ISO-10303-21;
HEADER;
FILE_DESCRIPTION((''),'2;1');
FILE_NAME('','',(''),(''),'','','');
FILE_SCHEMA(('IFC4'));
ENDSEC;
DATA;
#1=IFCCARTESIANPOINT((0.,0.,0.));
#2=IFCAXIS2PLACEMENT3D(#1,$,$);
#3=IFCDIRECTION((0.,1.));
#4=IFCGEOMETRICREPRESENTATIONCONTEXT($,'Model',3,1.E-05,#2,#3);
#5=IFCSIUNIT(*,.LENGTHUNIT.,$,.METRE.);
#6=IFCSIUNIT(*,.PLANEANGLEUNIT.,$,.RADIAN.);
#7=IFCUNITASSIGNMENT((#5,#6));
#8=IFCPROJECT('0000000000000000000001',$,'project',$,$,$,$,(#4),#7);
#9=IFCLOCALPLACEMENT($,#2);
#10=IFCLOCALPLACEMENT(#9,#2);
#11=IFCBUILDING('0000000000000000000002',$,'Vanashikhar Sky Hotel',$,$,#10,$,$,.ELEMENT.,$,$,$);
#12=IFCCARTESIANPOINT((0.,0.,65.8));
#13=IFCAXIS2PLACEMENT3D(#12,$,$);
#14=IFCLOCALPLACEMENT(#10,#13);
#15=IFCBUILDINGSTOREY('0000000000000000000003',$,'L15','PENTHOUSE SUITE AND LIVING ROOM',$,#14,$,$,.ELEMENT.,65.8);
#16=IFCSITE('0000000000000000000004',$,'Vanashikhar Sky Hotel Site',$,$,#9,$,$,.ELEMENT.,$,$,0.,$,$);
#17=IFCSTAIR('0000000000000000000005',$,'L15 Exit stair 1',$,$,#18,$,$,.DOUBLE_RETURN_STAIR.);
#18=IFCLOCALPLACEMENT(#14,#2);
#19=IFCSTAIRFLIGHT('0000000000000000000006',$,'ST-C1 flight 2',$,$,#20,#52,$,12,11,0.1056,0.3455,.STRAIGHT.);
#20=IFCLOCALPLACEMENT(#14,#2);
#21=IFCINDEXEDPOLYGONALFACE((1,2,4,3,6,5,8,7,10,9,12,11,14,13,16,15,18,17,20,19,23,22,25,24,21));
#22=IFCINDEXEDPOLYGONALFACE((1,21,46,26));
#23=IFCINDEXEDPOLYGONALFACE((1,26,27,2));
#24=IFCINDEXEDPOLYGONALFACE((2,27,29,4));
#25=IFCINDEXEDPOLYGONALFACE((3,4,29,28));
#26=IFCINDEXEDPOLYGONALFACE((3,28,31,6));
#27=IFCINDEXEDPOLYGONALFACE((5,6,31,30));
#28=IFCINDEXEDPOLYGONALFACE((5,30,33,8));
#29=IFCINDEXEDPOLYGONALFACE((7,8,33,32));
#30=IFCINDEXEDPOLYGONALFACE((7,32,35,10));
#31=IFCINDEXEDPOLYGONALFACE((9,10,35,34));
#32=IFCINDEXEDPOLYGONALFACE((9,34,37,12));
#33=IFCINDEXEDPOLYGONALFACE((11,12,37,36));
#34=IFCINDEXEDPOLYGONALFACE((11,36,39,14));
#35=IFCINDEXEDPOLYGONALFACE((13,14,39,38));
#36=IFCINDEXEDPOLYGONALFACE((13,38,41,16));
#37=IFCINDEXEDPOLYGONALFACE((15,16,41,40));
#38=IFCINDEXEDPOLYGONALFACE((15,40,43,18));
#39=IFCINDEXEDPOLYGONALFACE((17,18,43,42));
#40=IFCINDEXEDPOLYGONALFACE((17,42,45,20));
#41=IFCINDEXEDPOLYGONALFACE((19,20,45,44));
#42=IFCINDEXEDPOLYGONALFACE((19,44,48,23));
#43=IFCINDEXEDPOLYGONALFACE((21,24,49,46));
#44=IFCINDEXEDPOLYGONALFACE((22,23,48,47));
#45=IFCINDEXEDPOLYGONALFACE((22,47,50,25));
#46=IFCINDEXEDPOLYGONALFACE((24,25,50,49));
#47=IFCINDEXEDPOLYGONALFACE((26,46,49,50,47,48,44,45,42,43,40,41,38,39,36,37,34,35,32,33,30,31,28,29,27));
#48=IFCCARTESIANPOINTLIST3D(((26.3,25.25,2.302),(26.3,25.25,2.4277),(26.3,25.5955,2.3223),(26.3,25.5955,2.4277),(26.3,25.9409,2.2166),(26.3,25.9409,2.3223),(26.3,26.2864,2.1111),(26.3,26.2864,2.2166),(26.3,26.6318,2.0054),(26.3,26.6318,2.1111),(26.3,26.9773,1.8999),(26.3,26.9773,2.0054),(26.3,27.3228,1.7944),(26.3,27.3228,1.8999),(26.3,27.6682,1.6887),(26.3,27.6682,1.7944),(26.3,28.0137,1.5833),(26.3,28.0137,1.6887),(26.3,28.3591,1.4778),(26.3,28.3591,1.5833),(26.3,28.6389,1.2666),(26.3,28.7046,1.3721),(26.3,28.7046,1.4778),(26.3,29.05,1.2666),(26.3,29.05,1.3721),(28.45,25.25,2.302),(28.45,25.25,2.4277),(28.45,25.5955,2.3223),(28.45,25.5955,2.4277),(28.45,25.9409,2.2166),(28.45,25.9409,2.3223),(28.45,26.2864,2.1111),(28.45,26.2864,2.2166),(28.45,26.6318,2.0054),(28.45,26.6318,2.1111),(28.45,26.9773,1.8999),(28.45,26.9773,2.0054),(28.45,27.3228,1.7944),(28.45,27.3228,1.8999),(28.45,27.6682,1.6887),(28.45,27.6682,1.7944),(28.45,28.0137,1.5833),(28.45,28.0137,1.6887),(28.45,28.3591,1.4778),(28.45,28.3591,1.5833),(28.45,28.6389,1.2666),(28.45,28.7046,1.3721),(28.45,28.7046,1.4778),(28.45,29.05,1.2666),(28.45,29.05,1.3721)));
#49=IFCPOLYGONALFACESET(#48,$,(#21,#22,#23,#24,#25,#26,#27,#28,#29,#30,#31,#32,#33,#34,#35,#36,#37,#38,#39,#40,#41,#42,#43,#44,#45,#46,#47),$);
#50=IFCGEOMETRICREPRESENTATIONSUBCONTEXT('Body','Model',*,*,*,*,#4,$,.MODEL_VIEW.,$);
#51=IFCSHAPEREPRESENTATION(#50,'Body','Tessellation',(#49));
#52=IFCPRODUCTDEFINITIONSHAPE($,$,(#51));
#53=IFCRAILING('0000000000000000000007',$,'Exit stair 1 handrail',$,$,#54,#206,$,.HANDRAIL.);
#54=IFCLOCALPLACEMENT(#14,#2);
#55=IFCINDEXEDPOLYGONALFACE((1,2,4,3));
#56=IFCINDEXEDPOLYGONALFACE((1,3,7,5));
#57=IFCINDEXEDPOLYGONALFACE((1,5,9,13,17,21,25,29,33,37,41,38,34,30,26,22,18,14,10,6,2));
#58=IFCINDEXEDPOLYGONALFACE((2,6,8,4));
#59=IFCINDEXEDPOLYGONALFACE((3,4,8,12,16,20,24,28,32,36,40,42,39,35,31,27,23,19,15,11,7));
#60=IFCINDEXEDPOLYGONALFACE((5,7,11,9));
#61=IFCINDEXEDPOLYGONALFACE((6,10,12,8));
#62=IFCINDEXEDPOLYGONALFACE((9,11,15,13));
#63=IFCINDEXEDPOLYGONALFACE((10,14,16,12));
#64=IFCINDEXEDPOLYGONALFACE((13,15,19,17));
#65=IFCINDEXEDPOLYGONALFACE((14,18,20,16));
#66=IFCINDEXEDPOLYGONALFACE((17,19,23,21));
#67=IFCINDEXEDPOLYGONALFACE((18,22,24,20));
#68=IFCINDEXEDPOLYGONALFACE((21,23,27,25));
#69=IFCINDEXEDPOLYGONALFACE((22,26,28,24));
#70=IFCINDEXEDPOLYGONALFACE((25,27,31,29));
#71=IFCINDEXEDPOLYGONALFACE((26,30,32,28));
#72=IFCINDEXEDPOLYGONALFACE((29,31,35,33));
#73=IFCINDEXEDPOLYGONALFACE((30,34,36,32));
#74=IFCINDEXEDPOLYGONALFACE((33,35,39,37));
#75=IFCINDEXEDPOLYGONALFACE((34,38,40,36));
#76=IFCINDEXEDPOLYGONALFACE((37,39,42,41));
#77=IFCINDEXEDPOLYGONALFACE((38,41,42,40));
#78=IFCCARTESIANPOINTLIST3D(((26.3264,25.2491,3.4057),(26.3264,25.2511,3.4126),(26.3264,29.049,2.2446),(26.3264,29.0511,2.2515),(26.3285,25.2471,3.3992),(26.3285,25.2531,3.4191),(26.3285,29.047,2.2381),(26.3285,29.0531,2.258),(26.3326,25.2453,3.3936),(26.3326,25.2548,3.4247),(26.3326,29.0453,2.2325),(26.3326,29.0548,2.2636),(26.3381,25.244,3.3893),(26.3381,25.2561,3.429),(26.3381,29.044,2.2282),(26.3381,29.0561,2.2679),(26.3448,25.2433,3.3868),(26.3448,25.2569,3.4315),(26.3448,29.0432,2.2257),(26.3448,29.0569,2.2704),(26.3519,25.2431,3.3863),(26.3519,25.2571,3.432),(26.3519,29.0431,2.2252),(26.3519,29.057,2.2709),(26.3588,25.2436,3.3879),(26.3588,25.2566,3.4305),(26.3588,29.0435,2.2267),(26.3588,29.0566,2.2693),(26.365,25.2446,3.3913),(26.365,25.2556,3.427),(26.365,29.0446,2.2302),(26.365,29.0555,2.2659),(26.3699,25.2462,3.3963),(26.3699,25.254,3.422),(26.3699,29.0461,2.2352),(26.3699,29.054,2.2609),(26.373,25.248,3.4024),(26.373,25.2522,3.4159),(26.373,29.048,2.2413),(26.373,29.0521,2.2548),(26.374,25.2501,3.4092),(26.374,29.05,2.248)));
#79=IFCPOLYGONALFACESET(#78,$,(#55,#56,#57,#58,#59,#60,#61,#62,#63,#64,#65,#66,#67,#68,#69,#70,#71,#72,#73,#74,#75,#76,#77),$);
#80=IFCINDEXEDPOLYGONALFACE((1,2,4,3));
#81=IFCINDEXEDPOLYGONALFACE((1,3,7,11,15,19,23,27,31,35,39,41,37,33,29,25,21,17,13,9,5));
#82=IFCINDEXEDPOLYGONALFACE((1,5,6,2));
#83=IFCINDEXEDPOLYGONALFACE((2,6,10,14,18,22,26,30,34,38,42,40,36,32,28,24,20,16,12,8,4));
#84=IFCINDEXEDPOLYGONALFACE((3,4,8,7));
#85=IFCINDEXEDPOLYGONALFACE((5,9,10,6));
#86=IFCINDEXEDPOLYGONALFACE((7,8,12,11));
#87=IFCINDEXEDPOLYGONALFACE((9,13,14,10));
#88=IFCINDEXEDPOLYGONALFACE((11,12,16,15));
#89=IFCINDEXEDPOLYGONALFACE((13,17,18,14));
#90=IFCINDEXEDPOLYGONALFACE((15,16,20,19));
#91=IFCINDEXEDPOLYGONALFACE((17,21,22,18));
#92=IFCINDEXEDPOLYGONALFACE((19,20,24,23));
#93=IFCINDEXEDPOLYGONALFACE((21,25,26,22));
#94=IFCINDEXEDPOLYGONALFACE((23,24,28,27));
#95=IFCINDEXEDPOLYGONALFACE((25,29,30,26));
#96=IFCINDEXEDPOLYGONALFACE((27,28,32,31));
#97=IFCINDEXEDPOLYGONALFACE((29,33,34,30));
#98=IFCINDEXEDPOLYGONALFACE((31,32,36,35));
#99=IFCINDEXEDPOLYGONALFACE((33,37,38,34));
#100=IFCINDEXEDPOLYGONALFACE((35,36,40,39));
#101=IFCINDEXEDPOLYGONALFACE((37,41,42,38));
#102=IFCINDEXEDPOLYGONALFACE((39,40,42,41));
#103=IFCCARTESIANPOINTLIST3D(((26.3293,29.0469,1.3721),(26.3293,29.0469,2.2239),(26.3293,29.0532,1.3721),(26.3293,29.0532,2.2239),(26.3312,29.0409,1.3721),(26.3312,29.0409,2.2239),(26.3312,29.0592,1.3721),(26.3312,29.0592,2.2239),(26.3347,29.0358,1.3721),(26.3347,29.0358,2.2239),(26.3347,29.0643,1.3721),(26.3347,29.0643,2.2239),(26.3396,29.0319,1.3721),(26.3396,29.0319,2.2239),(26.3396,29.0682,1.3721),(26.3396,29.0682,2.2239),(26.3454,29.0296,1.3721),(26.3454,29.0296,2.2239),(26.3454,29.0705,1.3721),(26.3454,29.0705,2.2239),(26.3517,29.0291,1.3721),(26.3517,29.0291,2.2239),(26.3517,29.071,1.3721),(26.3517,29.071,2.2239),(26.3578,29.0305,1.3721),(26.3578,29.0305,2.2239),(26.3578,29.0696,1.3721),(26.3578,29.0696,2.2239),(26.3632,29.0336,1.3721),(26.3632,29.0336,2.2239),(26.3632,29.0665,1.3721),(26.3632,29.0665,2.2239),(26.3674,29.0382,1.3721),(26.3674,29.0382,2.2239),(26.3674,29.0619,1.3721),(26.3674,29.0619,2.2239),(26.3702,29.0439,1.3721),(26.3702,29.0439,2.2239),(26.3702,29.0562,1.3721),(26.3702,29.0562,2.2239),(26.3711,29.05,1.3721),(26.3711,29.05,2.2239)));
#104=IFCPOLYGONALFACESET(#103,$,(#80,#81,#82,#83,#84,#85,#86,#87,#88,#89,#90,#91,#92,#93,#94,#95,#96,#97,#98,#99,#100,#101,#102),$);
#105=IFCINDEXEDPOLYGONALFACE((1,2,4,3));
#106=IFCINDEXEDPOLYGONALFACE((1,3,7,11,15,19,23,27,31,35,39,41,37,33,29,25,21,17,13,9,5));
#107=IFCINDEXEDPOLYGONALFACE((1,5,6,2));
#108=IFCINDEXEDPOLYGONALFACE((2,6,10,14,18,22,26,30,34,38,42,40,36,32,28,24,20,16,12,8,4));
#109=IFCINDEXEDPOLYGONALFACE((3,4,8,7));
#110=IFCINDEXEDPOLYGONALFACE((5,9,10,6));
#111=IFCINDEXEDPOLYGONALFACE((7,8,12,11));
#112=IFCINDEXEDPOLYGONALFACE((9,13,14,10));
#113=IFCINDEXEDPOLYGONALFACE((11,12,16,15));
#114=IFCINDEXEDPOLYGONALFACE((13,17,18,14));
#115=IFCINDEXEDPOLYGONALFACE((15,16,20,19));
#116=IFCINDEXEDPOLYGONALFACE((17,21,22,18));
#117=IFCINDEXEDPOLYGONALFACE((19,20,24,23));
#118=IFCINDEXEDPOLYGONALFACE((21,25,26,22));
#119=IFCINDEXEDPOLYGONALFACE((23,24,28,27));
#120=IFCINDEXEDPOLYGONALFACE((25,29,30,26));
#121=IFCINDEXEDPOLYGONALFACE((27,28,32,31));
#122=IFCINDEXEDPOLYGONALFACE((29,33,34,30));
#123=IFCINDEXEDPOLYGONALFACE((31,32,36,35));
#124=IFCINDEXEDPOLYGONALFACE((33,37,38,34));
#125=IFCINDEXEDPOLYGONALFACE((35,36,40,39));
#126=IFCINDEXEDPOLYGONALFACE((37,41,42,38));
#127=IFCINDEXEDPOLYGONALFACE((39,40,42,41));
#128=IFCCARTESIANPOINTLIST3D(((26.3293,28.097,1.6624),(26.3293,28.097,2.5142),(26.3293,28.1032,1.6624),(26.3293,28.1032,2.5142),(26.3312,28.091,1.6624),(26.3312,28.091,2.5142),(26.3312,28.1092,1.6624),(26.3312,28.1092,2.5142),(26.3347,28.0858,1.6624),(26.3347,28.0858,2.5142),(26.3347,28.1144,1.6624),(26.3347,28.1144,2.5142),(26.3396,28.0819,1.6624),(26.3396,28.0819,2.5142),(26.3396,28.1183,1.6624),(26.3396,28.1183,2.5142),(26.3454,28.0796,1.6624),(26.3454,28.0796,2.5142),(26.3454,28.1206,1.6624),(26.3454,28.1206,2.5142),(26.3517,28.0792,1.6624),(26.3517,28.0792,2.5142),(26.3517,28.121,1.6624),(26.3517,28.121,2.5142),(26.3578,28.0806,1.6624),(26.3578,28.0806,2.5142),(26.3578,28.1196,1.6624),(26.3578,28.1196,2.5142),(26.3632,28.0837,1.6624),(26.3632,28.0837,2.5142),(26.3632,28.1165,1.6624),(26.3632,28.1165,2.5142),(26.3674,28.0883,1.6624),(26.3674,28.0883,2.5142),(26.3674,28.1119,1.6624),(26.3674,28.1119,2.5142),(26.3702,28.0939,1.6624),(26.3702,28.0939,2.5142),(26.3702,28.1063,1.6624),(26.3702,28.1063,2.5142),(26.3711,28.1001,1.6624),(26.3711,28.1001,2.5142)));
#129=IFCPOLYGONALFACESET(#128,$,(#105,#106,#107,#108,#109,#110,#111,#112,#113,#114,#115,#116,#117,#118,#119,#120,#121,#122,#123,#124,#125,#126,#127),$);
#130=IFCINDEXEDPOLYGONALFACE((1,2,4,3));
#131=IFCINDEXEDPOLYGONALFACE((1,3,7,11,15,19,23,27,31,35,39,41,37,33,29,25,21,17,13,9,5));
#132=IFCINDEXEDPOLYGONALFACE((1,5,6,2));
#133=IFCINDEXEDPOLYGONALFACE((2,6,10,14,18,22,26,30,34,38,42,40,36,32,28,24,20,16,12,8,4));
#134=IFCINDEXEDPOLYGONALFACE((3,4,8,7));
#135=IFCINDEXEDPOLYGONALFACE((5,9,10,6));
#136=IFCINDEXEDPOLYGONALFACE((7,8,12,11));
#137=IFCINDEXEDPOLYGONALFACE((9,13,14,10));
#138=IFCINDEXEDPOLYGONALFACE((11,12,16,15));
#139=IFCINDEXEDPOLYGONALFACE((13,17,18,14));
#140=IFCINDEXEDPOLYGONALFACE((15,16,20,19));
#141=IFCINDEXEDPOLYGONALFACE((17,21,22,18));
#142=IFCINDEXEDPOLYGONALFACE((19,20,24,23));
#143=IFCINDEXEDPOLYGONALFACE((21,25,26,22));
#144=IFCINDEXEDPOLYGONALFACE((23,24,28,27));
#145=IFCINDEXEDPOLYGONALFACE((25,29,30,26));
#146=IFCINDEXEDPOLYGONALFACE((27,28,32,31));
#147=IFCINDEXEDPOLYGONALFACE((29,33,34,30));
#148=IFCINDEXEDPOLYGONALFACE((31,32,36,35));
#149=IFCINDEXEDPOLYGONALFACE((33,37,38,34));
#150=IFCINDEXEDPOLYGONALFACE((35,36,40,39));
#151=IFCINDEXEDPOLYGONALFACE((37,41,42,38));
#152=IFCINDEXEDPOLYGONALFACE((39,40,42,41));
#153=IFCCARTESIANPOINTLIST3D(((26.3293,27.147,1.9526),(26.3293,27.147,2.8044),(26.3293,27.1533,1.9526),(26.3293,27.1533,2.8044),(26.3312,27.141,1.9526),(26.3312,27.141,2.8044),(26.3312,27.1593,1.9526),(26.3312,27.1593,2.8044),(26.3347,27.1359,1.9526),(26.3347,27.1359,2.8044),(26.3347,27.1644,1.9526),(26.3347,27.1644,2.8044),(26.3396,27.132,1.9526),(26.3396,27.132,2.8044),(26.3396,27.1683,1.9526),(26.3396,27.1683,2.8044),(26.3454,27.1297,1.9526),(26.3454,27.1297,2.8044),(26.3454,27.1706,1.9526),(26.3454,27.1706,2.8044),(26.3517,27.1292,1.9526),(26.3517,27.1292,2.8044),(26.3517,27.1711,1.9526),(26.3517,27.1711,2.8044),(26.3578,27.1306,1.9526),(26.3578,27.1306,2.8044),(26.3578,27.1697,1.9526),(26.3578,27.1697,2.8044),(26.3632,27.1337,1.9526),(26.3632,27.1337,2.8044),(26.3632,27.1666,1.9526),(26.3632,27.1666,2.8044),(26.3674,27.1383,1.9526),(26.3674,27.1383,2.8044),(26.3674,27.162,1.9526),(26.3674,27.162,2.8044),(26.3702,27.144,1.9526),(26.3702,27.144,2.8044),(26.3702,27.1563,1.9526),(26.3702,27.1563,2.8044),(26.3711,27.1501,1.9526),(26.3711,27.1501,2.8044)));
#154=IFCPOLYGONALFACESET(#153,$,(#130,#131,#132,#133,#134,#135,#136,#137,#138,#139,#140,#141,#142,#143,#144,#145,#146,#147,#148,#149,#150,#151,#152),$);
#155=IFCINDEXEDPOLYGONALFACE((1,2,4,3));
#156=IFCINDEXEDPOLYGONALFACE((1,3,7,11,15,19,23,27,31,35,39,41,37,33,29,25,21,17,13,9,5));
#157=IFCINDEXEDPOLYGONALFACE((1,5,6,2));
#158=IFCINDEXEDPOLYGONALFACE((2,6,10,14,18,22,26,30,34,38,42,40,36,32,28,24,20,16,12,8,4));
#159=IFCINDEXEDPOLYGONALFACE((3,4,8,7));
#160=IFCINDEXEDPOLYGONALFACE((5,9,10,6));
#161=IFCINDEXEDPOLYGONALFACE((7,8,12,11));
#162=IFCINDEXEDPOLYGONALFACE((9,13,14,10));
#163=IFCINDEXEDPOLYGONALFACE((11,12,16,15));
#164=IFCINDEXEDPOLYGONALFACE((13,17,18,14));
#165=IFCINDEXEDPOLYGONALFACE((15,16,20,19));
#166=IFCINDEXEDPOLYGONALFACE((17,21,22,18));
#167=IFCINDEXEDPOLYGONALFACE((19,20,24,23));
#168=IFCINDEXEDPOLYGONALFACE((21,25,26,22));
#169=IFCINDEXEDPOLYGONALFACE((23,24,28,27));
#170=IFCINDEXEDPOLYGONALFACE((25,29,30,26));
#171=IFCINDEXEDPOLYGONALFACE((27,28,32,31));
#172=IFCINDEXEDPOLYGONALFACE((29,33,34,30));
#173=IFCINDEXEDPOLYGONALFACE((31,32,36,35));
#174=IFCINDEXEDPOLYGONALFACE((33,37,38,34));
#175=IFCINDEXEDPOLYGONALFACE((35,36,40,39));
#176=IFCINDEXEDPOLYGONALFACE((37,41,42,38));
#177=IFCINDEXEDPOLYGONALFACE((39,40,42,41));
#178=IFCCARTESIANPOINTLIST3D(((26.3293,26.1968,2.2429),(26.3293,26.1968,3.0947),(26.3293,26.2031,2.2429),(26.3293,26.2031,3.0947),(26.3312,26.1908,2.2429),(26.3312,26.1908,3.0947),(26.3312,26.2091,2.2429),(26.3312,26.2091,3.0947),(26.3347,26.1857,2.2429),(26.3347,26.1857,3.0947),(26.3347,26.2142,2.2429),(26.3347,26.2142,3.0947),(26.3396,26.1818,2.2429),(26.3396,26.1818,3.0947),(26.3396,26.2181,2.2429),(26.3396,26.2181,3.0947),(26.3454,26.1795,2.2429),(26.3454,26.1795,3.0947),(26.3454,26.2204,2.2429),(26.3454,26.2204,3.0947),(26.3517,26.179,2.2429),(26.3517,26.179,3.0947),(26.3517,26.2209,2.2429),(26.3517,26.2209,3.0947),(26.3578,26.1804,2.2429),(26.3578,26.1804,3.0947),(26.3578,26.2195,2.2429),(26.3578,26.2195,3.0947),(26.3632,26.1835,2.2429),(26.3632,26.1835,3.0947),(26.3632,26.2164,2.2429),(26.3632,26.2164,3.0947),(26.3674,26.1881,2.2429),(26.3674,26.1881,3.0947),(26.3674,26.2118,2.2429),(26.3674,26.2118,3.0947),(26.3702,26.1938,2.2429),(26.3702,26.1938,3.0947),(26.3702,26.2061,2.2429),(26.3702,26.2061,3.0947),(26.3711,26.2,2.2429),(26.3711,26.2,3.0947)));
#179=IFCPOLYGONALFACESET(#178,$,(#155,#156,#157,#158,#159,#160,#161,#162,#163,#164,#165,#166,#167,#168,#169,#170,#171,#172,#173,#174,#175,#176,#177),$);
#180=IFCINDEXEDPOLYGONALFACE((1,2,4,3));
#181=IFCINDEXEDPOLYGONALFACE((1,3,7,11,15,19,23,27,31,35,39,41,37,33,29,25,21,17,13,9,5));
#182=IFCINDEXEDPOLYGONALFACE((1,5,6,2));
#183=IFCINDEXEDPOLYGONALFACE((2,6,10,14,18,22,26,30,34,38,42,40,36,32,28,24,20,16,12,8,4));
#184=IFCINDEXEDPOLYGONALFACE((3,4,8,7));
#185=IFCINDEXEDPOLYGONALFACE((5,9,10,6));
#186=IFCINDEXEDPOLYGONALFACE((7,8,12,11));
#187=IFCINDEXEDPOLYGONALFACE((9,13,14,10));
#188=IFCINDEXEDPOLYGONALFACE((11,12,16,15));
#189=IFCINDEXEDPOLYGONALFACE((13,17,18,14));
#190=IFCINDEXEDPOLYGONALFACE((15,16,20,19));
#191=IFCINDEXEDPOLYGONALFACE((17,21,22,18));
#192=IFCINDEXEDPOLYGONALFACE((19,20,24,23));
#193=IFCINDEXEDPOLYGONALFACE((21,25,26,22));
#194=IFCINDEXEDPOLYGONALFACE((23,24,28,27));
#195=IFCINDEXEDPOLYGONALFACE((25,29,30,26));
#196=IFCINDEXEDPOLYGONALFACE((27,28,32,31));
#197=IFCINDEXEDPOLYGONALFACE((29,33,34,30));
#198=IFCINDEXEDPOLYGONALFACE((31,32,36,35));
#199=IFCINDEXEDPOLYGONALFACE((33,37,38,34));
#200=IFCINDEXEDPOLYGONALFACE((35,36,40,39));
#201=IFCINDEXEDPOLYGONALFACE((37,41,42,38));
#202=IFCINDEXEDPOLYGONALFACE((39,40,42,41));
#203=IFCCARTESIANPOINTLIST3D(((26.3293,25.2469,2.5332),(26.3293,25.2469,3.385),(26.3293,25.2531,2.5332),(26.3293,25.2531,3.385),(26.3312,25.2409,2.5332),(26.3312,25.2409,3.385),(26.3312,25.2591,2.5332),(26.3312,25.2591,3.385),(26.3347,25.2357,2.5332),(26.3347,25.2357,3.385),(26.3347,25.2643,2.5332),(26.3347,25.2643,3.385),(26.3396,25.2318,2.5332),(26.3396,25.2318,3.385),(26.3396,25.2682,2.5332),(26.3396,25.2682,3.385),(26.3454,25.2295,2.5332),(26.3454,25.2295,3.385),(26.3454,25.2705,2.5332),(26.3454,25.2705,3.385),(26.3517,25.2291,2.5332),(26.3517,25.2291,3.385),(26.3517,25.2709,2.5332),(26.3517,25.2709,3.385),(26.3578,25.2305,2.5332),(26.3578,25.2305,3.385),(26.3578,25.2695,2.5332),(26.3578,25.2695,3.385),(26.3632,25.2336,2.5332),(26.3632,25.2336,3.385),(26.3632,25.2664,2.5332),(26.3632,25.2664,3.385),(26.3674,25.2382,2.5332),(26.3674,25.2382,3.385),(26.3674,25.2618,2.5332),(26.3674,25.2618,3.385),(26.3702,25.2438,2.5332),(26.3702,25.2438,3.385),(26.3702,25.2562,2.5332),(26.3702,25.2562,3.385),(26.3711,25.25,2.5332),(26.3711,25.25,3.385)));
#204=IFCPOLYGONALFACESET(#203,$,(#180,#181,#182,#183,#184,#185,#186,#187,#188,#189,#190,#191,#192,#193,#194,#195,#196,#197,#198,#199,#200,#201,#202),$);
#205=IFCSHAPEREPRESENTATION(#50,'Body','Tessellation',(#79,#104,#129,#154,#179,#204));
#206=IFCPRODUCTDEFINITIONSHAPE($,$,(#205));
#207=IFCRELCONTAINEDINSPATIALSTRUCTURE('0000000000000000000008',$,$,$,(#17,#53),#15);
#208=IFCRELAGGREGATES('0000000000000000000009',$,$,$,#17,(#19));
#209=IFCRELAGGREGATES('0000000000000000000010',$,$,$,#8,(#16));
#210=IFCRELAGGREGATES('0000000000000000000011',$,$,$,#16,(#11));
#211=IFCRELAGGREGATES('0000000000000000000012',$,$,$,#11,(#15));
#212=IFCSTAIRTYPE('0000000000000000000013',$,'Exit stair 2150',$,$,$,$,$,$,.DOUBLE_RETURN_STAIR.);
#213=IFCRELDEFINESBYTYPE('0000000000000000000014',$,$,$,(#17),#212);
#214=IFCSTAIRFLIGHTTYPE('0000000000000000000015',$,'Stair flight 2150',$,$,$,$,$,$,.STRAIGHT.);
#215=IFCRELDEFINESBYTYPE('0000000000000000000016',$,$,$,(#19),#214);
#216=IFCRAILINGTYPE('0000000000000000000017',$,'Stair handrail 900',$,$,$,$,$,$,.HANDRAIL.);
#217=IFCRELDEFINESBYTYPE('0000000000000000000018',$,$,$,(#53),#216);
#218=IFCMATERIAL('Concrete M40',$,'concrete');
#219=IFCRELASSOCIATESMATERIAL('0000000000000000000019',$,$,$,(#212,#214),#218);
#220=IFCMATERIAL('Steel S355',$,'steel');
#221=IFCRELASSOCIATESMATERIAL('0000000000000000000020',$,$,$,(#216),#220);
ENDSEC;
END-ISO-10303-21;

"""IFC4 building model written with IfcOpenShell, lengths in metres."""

from ifc_helpers import new_model, si_unit, direction, frame, origin, origin_2d, place, context, subcontext, project, spatial, polyline, circle, outline, extrude, source, transform, mapped, material, type_object, element, aggregate, save


model = new_model("IFC4")

# Units and contexts
model_context = context("Model", 3, precision=1e-05, world=origin(), true_north=direction((0.0, 1.0)))
body_context = subcontext(model_context, "Body", "Model", "MODEL_VIEW")
ifc_project = project(units=[si_unit("LENGTHUNIT", "METRE"), si_unit("PLANEANGLEUNIT", "RADIAN")], contexts=[model_context])

# Site, building, storey
site_placement = place(None, origin())
site = spatial("IfcSite", under=ifc_project, at=site_placement, Name="Vanashikhar Sky Hotel Site", CompositionType="ELEMENT", RefElevation=0.0)
building_placement = place(site_placement, origin())
building = spatial("IfcBuilding", under=site, at=building_placement, Name="Vanashikhar Sky Hotel", CompositionType="ELEMENT")
storey_placement = place(building_placement, frame((0.0, 0.0, 65.8)))
storey = spatial("IfcBuildingStorey", under=building, at=storey_placement, Name="L15", Description="PENTHOUSE SUITE AND LIVING ROOM", CompositionType="ELEMENT", Elevation=65.8)

# Stair, stair flight
ifc_material_1 = material(Name="Concrete M40", Category="concrete")
stair_type = type_object("IfcStairType", Name="Exit stair 2150", PredefinedType="DOUBLE_RETURN_STAIR", material=ifc_material_1)
stair_placement = place(storey_placement, origin())
stair = element("IfcStair", 1, at=stair_placement, inside=storey, type_object=stair_type, Name="L15 Exit stair 1", PredefinedType="DOUBLE_RETURN_STAIR")
stair_flight_type = type_object("IfcStairFlightType", Name="Stair flight 2150", PredefinedType="STRAIGHT", material=ifc_material_1)
shared_shape_1 = source(origin(), body_context, "Body", "SweptSolid", [
    extrude(outline(polyline([(0.0, 0.0), (0.0, 0.1055), (0.3455, 0.1055), (0.3455, 0.2112), (0.6909, 0.2112), (0.6909, 0.3167), (1.0364, 0.3167), (1.0364, 0.4221), (1.3818, 0.4221), (1.3818, 0.5278), (1.7273, 0.5278), (1.7273, 0.6333), (2.0728, 0.6333), (2.0728, 0.7388), (2.4182, 0.7388), (2.4182, 0.8445), (2.7637, 0.8445), (2.7637, 0.95), (3.1091, 0.95), (3.1091, 1.0557), (3.4546, 1.0557), (3.4546, 1.1611), (3.8, 1.1611), (3.8, 1.2666), (3.8, 1.0354), (0.4111, 0.0), (0.0, 0.0)])), frame((0.0, 1.075, 0.0), z_axis=(0.0, -1.0, 0.0), x_axis=(1.0, 0.0, 0.0)), (0.0, 0.0, 1.0), 2.1499),
])
stair_flight_placement = place(storey_placement, frame((27.375, 29.05, 1.2666), z_axis=(0.0, 0.0, 1.0), x_axis=(0.0, -1.0, 0.0)))
stair_flight = element("IfcStairFlight", 2, at=stair_flight_placement, type_object=stair_flight_type, Name="ST-C1 flight 2", NumberOfRisers=12, NumberOfTreads=11, PredefinedType="STRAIGHT", RiserHeight=0.1056, TreadLength=0.3455, context=body_context, shape_type="MappedRepresentation", body=[
    mapped(shared_shape_1, transform((0.0, 0.0, 0.0), scale=1.0)),
])
aggregate(stair, [stair_flight])

# Railing
ifc_material_2 = material(Name="Steel S355", Category="steel")
railing_type_1 = type_object("IfcRailingType", Name="Stair handrail 900", PredefinedType="HANDRAIL", material=ifc_material_2)
shared_shape_2 = source(origin(), body_context, "Body", "SweptSolid", [
    extrude(circle(Radius=0.0239, at=origin_2d()), frame((0.0, 0.0, 0.876), z_axis=(0.0, -0.956351, 0.29222), x_axis=(1.0, 0.0, 0.0)), (0.0, 0.0, 1.0), 3.9734),
    extrude(circle(Radius=0.021, at=origin_2d()), origin(), (0.0, 0.0, 1.0), 0.8518),
    extrude(circle(Radius=0.021, at=origin_2d()), frame((0.0, -0.95, 0.2903)), (0.0, 0.0, 1.0), 0.8518),
    extrude(circle(Radius=0.021, at=origin_2d()), frame((0.0, -1.8999, 0.5806)), (0.0, 0.0, 1.0), 0.8518),
    extrude(circle(Radius=0.021, at=origin_2d()), frame((0.0, -2.8501, 0.8708)), (0.0, 0.0, 1.0), 0.8518),
    extrude(circle(Radius=0.021, at=origin_2d()), frame((0.0, -3.8, 1.1611)), (0.0, 0.0, 1.0), 0.8518),
])
railing_1_placement = place(storey_placement, frame((26.3501, 29.05, 1.3721)))
element("IfcRailing", 3, at=railing_1_placement, inside=storey, type_object=railing_type_1, Name="Exit stair 1 handrail", PredefinedType="HANDRAIL", context=body_context, shape_type="MappedRepresentation", body=[
    mapped(shared_shape_2, transform((0.0, 0.0, 0.0), scale=1.0)),
])

save(model, "model.ifc")
